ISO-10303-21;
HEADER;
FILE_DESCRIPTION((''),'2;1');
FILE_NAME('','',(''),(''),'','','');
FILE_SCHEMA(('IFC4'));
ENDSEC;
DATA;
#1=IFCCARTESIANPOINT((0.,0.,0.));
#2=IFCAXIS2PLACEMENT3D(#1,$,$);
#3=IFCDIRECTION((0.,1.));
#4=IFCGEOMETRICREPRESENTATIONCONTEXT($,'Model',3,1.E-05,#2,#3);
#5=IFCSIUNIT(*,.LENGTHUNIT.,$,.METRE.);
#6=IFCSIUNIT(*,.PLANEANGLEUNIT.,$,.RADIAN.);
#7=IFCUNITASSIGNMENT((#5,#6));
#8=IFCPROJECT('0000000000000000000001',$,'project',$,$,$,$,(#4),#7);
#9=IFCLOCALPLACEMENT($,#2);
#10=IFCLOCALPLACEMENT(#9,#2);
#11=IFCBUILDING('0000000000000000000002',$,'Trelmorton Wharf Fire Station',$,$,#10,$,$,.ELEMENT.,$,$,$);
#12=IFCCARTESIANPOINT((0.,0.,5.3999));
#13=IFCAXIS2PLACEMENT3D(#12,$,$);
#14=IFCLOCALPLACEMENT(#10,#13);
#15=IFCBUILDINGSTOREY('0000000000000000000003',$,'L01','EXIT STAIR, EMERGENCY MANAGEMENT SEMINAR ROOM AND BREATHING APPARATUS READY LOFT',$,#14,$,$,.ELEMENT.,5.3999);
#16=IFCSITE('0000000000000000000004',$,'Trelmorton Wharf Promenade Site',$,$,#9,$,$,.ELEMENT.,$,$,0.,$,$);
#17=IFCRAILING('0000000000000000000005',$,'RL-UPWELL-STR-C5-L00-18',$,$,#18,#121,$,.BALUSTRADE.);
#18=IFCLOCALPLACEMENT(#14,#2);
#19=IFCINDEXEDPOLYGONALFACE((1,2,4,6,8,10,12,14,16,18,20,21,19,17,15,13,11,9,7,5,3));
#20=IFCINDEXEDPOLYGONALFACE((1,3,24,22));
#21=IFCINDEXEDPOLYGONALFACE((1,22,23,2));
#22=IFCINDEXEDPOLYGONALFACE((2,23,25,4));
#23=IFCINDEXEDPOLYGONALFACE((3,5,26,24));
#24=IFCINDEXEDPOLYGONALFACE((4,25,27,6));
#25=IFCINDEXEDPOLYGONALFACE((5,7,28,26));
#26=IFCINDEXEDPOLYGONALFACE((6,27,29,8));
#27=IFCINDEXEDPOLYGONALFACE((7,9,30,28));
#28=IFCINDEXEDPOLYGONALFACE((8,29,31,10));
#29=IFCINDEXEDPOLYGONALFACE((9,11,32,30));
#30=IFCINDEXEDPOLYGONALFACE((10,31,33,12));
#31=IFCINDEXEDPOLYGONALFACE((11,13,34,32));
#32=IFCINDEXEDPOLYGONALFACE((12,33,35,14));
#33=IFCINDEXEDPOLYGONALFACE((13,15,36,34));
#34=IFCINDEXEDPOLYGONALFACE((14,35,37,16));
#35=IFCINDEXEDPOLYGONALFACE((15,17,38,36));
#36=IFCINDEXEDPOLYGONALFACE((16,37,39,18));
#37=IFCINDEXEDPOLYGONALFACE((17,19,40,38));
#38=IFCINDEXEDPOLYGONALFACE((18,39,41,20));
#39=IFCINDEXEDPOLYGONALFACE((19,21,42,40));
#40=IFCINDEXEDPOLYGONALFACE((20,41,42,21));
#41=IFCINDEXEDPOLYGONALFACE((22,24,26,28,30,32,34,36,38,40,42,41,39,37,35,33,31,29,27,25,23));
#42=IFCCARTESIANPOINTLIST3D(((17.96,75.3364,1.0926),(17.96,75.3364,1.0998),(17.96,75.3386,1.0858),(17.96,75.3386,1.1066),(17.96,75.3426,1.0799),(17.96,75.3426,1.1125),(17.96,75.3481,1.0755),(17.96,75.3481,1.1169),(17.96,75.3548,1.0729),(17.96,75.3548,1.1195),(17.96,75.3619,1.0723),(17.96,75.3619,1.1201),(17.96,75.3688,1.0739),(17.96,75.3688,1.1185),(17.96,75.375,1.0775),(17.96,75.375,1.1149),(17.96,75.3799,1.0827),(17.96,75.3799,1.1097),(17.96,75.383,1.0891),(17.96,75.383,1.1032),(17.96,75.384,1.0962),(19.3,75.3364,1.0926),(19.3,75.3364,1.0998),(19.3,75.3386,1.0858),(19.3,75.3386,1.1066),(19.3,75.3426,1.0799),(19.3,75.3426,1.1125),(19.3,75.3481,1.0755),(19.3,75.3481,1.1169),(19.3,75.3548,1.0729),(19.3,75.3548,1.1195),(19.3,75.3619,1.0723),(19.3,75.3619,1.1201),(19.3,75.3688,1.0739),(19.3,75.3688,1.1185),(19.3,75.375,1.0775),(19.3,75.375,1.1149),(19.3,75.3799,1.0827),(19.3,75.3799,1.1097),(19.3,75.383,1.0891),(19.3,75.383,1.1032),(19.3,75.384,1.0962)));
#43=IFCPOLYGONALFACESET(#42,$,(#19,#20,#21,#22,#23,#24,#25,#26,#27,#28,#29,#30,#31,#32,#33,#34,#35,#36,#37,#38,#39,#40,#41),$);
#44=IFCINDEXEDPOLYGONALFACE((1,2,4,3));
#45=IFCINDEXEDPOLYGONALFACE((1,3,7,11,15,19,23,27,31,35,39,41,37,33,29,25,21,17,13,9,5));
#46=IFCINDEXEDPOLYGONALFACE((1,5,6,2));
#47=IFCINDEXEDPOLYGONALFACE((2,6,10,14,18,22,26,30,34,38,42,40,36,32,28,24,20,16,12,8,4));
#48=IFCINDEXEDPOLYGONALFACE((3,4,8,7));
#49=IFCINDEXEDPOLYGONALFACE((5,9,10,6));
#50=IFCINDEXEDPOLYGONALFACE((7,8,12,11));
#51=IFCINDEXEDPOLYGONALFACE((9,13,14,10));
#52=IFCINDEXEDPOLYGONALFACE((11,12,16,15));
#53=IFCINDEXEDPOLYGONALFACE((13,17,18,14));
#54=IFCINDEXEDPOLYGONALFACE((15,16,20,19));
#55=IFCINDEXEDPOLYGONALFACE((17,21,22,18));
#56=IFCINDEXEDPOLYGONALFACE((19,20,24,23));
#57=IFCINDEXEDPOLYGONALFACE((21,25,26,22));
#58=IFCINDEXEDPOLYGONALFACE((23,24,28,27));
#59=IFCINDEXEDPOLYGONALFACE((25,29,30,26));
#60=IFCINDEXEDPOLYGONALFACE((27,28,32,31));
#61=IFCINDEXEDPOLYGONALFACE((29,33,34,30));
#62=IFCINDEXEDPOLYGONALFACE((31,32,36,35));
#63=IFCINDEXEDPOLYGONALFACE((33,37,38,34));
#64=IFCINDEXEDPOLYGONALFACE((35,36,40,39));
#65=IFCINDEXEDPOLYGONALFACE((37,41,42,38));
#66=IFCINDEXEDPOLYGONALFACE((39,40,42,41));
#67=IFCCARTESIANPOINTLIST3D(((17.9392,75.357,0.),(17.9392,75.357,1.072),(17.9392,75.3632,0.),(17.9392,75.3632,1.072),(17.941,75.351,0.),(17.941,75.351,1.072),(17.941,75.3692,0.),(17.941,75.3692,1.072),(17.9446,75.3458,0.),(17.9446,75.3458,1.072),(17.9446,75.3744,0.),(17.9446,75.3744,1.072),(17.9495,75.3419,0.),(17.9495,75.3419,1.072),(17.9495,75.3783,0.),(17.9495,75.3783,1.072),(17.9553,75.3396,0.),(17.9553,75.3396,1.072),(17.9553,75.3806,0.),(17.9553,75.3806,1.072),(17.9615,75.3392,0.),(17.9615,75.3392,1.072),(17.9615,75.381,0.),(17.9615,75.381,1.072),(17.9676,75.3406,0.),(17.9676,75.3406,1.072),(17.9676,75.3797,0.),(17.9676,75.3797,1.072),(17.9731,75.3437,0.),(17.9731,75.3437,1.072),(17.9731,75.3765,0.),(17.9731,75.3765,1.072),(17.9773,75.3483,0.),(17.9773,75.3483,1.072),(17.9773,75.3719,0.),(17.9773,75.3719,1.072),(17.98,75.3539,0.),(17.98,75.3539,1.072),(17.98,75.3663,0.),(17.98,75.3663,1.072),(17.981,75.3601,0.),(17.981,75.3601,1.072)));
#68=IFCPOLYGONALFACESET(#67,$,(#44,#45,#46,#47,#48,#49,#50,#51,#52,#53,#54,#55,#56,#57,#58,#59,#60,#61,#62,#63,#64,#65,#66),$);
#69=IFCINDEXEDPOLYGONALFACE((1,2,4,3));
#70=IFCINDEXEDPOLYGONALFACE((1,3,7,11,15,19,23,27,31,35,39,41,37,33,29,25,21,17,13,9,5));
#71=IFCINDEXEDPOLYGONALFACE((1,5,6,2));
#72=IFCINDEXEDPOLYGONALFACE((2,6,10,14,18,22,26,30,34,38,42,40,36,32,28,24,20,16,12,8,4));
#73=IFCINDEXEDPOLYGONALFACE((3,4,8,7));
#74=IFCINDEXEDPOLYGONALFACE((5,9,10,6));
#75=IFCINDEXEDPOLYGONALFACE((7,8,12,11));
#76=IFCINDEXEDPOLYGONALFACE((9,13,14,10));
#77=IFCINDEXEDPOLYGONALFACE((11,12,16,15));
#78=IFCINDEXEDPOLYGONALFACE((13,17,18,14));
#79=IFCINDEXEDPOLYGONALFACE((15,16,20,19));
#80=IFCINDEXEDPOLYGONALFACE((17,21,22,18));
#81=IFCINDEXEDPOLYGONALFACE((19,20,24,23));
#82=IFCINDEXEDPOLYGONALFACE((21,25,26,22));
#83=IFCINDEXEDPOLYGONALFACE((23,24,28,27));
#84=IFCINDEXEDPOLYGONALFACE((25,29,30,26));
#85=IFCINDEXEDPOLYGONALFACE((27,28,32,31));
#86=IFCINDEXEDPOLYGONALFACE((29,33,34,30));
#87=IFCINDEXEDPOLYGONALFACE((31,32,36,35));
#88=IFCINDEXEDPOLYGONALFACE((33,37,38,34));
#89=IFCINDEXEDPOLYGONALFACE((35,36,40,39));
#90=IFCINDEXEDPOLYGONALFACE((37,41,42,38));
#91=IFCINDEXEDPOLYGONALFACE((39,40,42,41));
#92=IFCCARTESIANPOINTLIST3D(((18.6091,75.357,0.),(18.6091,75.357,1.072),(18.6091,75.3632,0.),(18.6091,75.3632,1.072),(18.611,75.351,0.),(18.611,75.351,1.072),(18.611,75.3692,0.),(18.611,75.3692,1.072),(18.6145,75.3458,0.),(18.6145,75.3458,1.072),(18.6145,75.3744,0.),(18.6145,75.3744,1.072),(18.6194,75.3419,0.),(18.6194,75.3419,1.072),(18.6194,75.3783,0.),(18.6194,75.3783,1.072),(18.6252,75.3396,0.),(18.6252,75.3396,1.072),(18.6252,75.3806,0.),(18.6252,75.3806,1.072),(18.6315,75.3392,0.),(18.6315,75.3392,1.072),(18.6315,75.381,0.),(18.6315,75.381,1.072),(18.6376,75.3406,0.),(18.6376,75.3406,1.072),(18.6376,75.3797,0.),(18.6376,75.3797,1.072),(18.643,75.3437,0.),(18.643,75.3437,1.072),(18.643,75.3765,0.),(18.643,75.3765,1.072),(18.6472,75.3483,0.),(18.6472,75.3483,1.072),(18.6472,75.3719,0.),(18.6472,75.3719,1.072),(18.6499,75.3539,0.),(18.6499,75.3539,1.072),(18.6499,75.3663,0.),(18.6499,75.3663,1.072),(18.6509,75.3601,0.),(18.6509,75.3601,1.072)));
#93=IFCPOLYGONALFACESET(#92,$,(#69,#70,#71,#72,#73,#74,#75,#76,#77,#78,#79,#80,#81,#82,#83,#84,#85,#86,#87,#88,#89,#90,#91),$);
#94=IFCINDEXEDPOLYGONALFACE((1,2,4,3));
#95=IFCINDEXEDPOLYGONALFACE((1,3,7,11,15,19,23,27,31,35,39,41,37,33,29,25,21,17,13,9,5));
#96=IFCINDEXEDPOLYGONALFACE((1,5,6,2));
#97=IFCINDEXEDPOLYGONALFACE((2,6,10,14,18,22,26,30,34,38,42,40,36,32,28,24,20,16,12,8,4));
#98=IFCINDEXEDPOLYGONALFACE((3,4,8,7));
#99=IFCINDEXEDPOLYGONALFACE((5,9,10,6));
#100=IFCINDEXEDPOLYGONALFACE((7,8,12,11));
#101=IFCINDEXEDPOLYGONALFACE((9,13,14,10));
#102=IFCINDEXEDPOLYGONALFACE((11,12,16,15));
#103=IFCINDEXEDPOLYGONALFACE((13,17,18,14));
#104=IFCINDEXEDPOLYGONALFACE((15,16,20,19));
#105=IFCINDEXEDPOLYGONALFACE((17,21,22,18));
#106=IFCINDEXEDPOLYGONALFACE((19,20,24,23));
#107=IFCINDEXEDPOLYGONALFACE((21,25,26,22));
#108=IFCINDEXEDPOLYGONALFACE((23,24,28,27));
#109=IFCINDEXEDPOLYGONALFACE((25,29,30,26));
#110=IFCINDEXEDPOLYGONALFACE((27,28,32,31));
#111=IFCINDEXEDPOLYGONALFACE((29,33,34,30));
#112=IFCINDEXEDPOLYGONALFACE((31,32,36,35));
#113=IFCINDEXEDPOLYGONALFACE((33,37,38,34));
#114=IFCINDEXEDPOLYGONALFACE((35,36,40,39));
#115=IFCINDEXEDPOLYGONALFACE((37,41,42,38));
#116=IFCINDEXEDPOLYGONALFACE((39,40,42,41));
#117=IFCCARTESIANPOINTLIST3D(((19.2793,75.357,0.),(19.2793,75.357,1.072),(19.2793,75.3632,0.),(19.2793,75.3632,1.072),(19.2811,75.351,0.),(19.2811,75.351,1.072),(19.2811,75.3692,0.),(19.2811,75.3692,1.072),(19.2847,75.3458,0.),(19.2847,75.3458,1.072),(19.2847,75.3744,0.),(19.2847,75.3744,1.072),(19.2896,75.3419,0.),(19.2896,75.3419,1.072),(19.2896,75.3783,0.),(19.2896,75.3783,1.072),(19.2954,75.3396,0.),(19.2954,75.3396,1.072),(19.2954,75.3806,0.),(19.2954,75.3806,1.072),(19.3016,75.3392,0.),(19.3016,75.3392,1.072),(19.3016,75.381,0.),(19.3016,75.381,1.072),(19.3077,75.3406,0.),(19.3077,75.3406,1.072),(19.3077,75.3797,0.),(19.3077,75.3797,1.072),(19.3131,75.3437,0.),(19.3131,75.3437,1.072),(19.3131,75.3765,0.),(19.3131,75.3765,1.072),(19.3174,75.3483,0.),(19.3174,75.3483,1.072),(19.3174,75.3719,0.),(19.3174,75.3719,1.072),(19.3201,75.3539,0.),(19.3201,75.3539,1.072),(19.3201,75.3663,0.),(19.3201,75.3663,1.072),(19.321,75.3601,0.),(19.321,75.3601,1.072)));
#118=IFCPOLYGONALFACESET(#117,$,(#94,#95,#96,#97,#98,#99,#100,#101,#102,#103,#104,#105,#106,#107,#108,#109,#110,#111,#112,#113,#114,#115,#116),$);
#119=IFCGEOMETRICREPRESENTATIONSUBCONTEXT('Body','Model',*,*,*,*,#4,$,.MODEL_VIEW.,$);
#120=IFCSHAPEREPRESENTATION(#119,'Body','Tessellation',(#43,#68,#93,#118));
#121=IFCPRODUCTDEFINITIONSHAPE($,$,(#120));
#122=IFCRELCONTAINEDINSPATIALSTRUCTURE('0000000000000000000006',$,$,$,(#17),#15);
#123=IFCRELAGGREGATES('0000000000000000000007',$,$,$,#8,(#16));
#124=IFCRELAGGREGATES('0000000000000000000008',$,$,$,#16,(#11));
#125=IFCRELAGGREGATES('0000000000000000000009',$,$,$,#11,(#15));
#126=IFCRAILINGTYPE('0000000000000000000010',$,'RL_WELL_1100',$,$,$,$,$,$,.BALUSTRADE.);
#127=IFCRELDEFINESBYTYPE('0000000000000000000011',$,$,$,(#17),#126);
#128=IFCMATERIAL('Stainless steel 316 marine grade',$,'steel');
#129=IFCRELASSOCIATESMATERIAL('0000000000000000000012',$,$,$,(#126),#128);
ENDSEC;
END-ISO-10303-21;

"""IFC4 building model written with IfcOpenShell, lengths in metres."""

from ifc_helpers import new_model, si_unit, direction, frame, origin, origin_2d, place, context, subcontext, project, spatial, circle, extrude, material, type_object, element, save


model = new_model("IFC4")

# Units and contexts
model_context = context("Model", 3, precision=1e-05, world=origin(), true_north=direction((0.0, 1.0)))
body_context = subcontext(model_context, "Body", "Model", "MODEL_VIEW")
ifc_project = project(units=[si_unit("LENGTHUNIT", "METRE"), si_unit("PLANEANGLEUNIT", "RADIAN")], contexts=[model_context])

# Site, building, storey
site_placement = place(None, origin())
site = spatial("IfcSite", under=ifc_project, at=site_placement, Name="Trelmorton Wharf Promenade Site", CompositionType="ELEMENT", RefElevation=0.0)
building_placement = place(site_placement, origin())
building = spatial("IfcBuilding", under=site, at=building_placement, Name="Trelmorton Wharf Fire Station", CompositionType="ELEMENT")
storey_placement = place(building_placement, frame((0.0, 0.0, 5.3999)))
storey = spatial("IfcBuildingStorey", under=building, at=storey_placement, Name="L01", Description="EXIT STAIR, EMERGENCY MANAGEMENT SEMINAR ROOM AND BREATHING APPARATUS READY LOFT", CompositionType="ELEMENT", Elevation=5.3999)

# Shared definitions
ifc_material_1 = material(Name="Stainless steel 316 marine grade", Category="steel")

# Railing
railing_type = type_object("IfcRailingType", Name="RL_WELL_1100", PredefinedType="BALUSTRADE", material=ifc_material_1)
railing_1_placement = place(storey_placement, frame((17.96, 75.3601, 0.0)))
element("IfcRailing", 1, at=railing_1_placement, inside=storey, type_object=railing_type, Name="RL-UPWELL-STR-C5-L00-18", PredefinedType="BALUSTRADE", context=body_context, shape_type="SweptSolid", body=[
    extrude(circle(Radius=0.0239, at=origin_2d()), frame((0.0, 0.0, 1.0962), z_axis=(1.0, 0.0, 0.0), x_axis=(0.0, 1.0, 0.0)), (0.0, 0.0, 1.0), 1.3401),
    extrude(circle(Radius=0.021, at=origin_2d()), origin(), (0.0, 0.0, 1.0), 1.072),
    extrude(circle(Radius=0.021, at=origin_2d()), frame((0.6699, 0.0, 0.0)), (0.0, 0.0, 1.0), 1.072),
    extrude(circle(Radius=0.021, at=origin_2d()), frame((1.3401, 0.0, 0.0)), (0.0, 0.0, 1.0), 1.072),
])

save(model, "model.ifc")
